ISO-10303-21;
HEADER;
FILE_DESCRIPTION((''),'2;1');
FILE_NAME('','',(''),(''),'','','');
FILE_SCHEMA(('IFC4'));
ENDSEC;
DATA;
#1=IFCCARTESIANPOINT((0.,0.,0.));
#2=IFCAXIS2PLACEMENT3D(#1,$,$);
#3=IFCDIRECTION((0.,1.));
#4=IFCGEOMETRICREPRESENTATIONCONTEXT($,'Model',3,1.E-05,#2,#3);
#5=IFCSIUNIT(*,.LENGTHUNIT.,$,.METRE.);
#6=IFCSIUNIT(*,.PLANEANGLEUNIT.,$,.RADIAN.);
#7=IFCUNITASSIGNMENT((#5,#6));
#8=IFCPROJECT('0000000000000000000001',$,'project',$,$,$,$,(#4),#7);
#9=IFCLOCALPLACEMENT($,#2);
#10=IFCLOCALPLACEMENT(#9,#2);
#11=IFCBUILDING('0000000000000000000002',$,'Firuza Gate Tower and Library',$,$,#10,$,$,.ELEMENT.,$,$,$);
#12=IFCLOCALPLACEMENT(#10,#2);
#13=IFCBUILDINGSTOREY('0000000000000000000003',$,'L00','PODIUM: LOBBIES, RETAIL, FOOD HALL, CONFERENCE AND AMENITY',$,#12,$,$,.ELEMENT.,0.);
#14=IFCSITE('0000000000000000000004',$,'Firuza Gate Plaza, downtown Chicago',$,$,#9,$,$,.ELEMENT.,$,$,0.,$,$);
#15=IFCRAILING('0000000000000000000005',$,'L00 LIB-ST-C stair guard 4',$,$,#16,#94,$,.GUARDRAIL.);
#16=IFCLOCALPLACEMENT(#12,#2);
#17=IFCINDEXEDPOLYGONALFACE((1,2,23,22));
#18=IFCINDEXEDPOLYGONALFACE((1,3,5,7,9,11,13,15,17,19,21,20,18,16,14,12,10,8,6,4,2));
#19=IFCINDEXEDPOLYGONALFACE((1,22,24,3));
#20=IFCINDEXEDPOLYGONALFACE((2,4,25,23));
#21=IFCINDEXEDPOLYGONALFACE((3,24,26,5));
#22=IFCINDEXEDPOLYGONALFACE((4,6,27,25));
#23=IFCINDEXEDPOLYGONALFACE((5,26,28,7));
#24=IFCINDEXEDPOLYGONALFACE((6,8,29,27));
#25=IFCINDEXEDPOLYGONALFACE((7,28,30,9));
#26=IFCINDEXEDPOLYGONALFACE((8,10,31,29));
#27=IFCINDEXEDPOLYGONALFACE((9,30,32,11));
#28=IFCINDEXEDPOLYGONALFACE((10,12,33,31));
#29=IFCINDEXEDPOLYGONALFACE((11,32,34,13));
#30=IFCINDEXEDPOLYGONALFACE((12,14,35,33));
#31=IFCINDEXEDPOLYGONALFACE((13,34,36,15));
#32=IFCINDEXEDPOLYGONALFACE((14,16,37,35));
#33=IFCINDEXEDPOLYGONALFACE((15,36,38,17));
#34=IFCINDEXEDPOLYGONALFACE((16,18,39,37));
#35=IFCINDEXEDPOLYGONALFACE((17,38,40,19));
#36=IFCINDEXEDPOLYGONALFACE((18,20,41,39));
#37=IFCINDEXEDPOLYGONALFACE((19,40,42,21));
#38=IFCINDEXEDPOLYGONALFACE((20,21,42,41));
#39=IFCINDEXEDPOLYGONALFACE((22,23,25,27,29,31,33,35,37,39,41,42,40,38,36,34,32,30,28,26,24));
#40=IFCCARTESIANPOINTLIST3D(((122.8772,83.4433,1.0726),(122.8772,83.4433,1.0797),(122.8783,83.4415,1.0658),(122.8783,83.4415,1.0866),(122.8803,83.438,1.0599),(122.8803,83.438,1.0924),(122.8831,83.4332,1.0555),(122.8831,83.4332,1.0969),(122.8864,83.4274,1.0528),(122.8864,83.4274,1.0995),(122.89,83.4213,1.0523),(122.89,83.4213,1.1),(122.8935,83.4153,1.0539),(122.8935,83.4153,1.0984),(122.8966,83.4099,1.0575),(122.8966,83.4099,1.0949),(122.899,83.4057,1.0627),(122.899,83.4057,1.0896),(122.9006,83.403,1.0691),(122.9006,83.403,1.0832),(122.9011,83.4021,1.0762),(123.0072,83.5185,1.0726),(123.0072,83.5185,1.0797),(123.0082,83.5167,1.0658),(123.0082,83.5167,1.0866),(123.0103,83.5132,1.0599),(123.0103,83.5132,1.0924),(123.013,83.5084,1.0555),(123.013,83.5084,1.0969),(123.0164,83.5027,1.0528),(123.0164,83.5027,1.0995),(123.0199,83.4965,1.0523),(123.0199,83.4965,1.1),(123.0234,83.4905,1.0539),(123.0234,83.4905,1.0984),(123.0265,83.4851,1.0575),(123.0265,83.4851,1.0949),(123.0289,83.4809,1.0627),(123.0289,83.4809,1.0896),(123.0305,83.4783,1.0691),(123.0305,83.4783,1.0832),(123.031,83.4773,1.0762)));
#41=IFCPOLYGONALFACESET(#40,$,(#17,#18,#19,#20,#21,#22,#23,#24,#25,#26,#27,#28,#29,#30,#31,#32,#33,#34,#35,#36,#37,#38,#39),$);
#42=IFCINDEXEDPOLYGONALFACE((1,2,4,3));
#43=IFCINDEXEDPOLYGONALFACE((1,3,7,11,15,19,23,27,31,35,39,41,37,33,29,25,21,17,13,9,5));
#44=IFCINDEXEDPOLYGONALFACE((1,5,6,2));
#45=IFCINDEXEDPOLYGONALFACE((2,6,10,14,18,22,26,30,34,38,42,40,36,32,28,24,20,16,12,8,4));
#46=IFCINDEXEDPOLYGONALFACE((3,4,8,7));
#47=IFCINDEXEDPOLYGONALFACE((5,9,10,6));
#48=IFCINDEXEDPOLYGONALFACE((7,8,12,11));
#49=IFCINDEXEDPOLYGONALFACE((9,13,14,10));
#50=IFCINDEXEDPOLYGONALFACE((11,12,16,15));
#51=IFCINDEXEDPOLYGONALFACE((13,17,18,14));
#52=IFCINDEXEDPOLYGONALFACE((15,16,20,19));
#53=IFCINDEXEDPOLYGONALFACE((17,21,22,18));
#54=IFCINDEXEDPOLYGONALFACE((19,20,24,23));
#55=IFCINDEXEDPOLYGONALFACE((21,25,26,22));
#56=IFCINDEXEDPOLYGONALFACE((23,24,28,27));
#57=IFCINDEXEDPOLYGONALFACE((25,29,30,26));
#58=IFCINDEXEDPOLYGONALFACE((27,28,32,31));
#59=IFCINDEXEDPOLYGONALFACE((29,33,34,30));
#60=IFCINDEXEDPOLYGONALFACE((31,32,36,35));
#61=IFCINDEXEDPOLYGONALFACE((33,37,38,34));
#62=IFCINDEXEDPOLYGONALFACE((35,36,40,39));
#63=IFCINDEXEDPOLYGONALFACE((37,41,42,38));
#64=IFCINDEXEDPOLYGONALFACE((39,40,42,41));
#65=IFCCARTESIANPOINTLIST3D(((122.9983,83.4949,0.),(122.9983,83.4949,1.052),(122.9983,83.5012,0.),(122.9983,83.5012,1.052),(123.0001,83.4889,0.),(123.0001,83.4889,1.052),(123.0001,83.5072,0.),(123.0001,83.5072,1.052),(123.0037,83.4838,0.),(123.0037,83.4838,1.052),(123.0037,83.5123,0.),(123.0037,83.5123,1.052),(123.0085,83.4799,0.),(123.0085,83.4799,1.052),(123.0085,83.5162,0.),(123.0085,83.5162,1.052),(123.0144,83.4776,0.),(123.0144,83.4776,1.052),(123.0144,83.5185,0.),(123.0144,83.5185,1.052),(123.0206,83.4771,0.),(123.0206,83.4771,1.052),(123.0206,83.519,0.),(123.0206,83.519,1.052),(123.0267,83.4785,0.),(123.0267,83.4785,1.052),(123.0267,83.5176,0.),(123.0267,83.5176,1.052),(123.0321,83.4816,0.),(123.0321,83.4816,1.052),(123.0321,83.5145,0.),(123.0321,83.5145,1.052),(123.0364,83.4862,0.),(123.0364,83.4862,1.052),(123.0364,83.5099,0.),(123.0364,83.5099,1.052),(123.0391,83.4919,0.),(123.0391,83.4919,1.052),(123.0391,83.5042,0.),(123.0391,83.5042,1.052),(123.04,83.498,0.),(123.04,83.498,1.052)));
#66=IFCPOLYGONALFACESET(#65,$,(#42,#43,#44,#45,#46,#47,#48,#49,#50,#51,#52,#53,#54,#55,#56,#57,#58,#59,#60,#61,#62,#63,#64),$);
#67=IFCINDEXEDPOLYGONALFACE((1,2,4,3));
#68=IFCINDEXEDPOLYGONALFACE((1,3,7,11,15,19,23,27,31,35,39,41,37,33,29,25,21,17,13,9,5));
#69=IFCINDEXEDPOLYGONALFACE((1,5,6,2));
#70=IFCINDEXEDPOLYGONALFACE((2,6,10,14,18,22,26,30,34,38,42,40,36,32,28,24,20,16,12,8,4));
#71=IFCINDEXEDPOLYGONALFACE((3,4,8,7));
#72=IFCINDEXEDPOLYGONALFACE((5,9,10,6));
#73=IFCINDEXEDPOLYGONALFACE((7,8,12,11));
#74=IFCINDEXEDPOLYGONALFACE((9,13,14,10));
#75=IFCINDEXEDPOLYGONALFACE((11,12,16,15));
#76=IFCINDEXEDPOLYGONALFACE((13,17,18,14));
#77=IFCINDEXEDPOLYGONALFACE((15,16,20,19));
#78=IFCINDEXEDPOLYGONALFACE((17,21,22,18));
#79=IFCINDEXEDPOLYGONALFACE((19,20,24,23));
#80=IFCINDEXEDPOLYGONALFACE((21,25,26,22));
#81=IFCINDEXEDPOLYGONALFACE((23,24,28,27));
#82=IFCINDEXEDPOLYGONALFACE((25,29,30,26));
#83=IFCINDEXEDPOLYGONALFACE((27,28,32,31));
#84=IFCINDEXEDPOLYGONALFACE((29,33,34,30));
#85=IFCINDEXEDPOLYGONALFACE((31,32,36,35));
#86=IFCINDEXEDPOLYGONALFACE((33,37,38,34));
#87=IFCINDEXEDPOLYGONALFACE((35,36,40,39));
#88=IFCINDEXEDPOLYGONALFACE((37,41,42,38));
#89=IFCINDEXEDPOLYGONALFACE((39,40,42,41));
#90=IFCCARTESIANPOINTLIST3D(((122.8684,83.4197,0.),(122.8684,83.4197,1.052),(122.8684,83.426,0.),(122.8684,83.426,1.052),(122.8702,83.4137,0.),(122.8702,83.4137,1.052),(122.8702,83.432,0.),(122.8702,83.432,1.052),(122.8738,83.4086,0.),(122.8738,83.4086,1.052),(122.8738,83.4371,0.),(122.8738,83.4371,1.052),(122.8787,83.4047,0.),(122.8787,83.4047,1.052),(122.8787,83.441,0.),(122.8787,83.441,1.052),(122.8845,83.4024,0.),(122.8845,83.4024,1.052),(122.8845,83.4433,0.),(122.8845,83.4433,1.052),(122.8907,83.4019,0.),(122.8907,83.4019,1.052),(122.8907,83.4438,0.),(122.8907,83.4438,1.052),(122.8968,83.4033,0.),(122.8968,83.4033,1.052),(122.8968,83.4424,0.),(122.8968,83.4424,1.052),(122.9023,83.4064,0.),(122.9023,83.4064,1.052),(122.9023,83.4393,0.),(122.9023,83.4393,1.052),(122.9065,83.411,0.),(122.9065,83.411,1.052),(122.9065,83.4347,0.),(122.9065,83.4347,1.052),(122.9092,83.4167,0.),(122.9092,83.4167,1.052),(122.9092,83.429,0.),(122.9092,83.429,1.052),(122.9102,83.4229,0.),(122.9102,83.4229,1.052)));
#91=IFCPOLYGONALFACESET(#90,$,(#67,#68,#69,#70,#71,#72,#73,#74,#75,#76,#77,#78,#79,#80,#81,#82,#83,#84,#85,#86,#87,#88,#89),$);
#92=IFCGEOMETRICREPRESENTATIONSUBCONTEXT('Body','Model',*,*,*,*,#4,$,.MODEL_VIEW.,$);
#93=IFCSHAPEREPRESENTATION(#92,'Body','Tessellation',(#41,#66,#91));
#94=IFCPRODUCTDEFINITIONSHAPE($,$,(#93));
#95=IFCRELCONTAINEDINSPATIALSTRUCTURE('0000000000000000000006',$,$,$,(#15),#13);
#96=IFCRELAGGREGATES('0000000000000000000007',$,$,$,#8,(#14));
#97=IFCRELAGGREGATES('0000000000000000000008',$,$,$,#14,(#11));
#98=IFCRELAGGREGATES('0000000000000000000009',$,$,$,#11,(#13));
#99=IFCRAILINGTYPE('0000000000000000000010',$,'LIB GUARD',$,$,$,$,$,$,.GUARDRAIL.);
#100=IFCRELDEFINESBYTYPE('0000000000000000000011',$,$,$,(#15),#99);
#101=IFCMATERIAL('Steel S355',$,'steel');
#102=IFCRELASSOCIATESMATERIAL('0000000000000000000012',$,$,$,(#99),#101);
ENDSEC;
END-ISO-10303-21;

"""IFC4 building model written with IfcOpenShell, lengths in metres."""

from ifc_helpers import new_model, si_unit, direction, frame, origin, origin_2d, place, context, subcontext, project, spatial, circle, extrude, material, type_object, element, save


model = new_model("IFC4")

# Units and contexts
model_context = context("Model", 3, precision=1e-05, world=origin(), true_north=direction((0.0, 1.0)))
body_context = subcontext(model_context, "Body", "Model", "MODEL_VIEW")
ifc_project = project(units=[si_unit("LENGTHUNIT", "METRE"), si_unit("PLANEANGLEUNIT", "RADIAN")], contexts=[model_context])

# Site, building, storey
site_placement = place(None, origin())
site = spatial("IfcSite", under=ifc_project, at=site_placement, Name="Firuza Gate Plaza, downtown Chicago", CompositionType="ELEMENT", RefElevation=0.0)
building_placement = place(site_placement, origin())
building = spatial("IfcBuilding", under=site, at=building_placement, Name="Firuza Gate Tower and Library", CompositionType="ELEMENT")
storey_placement = place(building_placement, origin())
storey = spatial("IfcBuildingStorey", under=building, at=storey_placement, Name="L00", Description="PODIUM: LOBBIES, RETAIL, FOOD HALL, CONFERENCE AND AMENITY", CompositionType="ELEMENT", Elevation=0.0)

# Railing
ifc_material_1 = material(Name="Steel S355", Category="steel")
railing_type_1 = type_object("IfcRailingType", Name="LIB GUARD", PredefinedType="GUARDRAIL", material=ifc_material_1)
railing_1_placement = place(storey_placement, frame((123.019, 83.498, 0.0)))
element("IfcRailing", 1, at=railing_1_placement, inside=storey, type_object=railing_type_1, Name="L00 LIB-ST-C stair guard 4", PredefinedType="GUARDRAIL", context=body_context, shape_type="SweptSolid", body=[
    extrude(circle(Radius=0.0239, at=origin_2d()), frame((0.0, 0.0, 1.0762), z_axis=(-0.865426, -0.501036, 0.0), x_axis=(0.501036, -0.865426, 0.0)), (0.0, 0.0, 1.0), 0.1501),
    extrude(circle(Radius=0.021, at=origin_2d()), origin(), (0.0, 0.0, 1.0), 1.052),
    extrude(circle(Radius=0.021, at=origin_2d()), frame((-0.1299, -0.0752, 0.0)), (0.0, 0.0, 1.0), 1.052),
])

save(model, "model.ifc")
